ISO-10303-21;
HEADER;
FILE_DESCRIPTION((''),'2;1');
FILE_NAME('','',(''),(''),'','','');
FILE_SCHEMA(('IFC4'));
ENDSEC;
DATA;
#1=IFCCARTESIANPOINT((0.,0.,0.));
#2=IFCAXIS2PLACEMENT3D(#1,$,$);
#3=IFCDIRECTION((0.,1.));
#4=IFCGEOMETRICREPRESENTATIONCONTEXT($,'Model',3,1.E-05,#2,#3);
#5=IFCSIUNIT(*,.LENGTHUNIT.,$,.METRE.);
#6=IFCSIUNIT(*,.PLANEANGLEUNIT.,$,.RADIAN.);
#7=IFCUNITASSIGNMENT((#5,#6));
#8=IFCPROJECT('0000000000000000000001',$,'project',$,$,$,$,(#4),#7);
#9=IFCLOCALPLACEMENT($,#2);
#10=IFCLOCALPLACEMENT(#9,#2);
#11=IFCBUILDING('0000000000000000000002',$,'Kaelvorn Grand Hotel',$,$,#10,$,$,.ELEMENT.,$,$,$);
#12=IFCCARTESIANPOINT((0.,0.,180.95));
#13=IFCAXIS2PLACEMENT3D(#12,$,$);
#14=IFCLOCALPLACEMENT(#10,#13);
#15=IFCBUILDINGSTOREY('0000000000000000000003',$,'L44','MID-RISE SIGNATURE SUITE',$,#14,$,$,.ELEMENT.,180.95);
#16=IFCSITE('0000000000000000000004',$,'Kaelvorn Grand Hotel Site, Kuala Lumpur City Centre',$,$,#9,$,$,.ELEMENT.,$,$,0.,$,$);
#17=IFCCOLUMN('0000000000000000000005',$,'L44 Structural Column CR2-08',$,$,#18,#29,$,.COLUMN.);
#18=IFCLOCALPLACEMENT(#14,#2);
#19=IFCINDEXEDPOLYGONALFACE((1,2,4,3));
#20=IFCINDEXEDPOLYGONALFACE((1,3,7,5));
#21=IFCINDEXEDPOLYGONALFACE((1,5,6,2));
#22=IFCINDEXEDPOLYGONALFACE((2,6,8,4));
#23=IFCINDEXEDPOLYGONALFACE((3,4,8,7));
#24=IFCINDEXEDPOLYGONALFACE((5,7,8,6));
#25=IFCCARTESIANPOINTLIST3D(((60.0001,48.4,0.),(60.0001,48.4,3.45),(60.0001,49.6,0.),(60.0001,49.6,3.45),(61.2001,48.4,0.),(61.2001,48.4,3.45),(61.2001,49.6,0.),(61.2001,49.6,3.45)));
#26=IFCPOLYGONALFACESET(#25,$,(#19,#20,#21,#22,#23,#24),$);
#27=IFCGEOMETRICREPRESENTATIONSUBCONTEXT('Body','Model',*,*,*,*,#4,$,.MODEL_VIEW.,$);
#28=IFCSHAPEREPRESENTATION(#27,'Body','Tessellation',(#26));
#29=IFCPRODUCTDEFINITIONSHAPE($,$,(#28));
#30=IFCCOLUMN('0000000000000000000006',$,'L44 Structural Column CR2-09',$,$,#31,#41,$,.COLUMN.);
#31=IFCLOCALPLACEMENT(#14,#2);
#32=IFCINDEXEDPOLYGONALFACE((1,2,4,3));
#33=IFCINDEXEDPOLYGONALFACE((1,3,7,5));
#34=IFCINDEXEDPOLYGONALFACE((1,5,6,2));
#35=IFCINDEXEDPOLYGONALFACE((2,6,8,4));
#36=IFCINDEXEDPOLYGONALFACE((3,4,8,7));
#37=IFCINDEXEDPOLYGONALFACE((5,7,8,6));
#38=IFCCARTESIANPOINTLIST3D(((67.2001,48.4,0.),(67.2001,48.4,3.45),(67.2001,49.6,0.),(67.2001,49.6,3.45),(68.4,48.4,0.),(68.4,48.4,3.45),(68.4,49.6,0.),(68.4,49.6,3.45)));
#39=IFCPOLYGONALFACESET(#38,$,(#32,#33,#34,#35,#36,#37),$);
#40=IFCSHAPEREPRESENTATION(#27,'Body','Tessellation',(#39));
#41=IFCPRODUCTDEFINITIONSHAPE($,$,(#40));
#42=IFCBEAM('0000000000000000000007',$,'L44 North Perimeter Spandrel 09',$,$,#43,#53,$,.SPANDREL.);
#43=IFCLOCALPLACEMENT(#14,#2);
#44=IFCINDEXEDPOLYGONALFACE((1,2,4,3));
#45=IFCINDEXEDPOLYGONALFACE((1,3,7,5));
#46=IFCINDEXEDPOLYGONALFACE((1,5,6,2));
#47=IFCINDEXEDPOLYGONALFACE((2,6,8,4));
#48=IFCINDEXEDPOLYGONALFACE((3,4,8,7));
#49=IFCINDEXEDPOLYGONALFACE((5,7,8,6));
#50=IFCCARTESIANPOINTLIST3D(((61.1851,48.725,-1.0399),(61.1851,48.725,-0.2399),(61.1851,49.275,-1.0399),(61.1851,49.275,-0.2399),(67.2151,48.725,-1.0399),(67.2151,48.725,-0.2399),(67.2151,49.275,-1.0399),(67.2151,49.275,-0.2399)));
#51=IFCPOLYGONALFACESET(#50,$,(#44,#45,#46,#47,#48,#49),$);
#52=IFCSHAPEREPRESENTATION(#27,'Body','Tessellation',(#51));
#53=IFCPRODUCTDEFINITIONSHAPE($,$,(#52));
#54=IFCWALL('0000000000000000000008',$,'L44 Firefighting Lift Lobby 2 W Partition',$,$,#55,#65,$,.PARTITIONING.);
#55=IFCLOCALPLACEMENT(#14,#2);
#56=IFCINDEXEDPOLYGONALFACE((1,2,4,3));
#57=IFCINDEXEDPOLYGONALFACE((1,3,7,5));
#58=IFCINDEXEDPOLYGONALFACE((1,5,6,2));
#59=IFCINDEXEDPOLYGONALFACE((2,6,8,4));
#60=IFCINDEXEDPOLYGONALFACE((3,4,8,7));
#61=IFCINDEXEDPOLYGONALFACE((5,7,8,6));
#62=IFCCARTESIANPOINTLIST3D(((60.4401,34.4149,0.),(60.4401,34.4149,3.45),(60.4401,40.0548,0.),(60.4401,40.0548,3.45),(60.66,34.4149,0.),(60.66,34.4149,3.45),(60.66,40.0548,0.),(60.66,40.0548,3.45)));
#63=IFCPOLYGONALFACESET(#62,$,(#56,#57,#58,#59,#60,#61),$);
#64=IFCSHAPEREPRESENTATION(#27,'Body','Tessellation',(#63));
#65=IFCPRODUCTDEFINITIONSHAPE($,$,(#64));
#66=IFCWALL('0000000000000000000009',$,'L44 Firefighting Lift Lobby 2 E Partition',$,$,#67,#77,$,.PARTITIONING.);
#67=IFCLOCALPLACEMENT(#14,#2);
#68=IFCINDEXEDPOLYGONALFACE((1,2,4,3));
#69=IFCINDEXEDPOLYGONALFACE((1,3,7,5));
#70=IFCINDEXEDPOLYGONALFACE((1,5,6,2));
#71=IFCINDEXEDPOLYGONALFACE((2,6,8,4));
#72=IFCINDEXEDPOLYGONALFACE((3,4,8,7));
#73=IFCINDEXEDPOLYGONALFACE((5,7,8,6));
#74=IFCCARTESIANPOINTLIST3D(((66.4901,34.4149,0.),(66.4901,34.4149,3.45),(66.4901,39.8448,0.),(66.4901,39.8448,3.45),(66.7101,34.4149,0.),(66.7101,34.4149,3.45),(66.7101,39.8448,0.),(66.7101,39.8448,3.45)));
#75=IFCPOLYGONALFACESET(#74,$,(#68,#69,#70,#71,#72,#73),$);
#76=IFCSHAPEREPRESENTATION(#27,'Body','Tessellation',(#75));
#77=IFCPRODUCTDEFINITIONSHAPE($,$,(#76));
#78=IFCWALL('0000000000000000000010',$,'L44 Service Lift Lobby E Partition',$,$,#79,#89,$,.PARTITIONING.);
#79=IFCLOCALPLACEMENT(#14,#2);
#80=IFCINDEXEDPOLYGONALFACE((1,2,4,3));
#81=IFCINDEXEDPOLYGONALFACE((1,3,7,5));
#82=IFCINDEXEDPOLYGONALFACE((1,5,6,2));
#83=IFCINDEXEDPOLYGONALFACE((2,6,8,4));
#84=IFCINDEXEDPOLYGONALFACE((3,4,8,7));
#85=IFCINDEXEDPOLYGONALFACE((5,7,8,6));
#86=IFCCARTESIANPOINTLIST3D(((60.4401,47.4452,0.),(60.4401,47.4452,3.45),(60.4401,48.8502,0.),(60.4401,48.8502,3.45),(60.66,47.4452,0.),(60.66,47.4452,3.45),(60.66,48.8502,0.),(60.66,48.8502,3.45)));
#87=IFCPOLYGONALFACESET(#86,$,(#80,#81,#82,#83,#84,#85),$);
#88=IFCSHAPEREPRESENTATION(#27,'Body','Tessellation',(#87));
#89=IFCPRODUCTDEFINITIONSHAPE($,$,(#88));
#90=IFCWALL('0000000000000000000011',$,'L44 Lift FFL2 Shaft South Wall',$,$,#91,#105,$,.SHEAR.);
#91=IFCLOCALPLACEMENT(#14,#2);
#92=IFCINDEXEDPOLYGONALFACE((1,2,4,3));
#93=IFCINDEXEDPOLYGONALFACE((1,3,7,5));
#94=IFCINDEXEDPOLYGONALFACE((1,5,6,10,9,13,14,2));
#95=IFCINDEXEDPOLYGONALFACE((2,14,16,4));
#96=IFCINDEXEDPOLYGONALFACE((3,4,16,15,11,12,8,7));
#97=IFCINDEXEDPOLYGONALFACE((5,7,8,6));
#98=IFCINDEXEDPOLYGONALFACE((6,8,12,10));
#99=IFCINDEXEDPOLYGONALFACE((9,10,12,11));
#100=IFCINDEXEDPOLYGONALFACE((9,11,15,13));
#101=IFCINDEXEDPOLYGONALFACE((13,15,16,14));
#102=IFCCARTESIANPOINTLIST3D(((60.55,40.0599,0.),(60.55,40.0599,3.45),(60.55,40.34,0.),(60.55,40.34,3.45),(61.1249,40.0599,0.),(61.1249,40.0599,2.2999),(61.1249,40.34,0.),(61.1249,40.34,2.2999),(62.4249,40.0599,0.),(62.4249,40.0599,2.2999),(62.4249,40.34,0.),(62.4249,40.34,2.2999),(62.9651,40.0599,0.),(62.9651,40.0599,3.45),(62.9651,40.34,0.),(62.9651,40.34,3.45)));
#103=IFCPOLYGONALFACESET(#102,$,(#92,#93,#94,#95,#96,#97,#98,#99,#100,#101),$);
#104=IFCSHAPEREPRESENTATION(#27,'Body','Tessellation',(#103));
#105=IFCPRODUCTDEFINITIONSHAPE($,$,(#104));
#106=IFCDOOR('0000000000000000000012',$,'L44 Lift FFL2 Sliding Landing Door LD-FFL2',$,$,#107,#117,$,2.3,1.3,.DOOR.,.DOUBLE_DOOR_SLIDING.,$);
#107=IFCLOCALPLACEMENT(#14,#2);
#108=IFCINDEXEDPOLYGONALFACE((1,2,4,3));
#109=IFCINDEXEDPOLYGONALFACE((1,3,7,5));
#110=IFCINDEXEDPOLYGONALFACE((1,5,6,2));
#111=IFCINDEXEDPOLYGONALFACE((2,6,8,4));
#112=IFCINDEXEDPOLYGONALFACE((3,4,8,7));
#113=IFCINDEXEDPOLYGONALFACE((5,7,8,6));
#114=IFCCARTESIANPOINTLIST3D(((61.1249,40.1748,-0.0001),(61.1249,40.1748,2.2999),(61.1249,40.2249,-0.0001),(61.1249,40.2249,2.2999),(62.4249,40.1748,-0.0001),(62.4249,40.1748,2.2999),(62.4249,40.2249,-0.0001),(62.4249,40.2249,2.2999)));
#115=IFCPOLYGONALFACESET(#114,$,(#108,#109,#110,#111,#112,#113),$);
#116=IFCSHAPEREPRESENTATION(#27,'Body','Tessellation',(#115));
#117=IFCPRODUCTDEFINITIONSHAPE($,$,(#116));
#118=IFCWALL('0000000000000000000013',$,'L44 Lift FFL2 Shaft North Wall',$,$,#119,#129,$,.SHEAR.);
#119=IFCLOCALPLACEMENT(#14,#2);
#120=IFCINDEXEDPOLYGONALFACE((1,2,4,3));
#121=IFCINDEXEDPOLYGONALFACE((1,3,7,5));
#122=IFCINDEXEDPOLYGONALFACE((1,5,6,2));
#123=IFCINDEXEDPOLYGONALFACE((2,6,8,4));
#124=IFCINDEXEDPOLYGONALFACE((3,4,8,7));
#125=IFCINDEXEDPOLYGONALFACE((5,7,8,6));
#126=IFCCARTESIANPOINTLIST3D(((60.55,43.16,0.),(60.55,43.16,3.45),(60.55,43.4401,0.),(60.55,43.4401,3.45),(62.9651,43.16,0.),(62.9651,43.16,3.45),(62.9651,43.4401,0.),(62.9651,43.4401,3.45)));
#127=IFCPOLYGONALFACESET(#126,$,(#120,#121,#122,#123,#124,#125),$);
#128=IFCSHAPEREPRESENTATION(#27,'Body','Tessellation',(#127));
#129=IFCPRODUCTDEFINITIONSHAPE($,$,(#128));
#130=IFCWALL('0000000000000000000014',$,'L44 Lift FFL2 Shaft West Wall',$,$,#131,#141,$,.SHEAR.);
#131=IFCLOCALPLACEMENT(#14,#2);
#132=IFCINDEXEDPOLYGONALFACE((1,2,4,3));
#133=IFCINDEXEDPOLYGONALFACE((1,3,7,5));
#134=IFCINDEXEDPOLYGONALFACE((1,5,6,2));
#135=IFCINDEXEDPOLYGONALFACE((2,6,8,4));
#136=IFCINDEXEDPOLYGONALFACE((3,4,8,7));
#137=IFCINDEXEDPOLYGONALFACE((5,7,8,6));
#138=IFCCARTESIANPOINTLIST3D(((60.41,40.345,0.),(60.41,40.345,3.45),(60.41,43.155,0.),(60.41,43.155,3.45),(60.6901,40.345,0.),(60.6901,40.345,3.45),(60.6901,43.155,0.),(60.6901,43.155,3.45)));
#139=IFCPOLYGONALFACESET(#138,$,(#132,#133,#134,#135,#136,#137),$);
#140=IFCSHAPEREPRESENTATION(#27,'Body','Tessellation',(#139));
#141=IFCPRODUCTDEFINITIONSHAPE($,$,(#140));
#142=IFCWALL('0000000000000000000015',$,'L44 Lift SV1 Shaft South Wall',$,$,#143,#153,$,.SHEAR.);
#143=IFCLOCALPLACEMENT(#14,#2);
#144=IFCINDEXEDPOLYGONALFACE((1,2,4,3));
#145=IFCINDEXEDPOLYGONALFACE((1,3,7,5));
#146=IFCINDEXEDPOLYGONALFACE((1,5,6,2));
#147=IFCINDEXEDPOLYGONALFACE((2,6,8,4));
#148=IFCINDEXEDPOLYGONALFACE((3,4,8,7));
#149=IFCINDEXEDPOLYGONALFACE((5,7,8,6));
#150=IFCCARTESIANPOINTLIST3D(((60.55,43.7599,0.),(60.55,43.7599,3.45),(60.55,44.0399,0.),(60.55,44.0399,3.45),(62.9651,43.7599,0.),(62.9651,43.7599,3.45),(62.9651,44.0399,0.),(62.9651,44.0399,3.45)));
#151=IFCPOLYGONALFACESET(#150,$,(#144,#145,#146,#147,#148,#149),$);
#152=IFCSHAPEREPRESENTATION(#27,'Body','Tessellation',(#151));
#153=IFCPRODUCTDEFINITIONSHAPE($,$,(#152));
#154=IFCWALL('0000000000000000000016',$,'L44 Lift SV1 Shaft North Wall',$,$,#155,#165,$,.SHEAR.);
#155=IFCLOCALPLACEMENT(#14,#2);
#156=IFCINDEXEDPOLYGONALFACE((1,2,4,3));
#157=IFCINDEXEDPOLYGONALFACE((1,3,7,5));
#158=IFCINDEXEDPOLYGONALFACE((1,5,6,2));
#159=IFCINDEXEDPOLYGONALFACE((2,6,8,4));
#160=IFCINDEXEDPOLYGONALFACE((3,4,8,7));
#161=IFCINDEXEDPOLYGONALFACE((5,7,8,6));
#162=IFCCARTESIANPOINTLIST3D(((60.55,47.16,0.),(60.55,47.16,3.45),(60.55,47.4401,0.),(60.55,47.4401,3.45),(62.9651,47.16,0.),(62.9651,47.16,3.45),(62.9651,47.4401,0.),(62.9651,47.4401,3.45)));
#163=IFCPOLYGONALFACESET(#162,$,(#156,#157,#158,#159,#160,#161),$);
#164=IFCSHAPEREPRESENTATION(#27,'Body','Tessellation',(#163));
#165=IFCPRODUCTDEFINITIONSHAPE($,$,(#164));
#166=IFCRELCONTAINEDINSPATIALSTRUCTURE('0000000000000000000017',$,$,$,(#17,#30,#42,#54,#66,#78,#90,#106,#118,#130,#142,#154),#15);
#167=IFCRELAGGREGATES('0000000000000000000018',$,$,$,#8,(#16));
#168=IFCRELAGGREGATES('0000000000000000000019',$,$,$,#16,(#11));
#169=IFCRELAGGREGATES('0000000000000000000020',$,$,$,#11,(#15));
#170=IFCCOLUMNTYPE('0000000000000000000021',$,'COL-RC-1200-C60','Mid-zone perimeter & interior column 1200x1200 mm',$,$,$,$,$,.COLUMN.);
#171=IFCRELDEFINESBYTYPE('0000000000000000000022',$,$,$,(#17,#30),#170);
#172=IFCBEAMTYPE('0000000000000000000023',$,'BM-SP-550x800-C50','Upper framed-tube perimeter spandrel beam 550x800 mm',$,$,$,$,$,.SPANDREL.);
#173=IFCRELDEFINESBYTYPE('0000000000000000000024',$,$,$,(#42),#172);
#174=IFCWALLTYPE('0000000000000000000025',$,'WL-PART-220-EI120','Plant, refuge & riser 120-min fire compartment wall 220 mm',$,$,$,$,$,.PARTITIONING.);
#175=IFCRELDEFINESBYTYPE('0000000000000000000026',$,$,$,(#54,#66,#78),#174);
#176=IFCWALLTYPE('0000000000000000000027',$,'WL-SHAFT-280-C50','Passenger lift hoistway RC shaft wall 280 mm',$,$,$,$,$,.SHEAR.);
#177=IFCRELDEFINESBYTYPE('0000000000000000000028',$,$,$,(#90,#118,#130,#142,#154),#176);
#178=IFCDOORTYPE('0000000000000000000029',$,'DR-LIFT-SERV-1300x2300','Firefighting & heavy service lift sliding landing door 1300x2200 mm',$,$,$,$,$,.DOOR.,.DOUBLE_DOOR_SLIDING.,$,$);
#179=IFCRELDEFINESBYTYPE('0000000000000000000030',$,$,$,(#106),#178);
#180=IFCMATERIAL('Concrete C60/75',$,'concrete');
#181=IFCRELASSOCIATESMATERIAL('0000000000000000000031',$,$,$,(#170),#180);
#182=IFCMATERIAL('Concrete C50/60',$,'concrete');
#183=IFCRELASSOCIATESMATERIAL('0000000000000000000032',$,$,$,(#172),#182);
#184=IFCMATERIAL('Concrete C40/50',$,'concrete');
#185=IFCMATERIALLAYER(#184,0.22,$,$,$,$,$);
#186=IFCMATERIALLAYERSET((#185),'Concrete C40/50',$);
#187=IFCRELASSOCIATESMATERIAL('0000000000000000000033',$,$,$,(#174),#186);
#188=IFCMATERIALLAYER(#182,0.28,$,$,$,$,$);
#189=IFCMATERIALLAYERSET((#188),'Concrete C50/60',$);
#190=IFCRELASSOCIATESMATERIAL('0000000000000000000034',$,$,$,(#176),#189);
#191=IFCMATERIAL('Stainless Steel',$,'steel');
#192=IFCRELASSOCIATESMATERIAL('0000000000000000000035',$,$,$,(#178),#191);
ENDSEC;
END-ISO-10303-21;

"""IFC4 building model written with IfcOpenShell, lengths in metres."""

from ifc_helpers import new_model, si_unit, direction, frame, frame_2d, origin, origin_2d, place, context, subcontext, project, spatial, rectangle, extrude, material, layer, layer_set, material_profile, profile_set, type_object, element, fill, save


model = new_model("IFC4")

# Units and contexts
model_context = context("Model", 3, precision=1e-05, world=origin(), true_north=direction((0.0, 1.0)))
body_context = subcontext(model_context, "Body", "Model", "MODEL_VIEW")
ifc_project = project(units=[si_unit("LENGTHUNIT", "METRE"), si_unit("PLANEANGLEUNIT", "RADIAN")], contexts=[model_context])

# Site, building, storey
site_placement = place(None, origin())
site = spatial("IfcSite", under=ifc_project, at=site_placement, Name="Kaelvorn Grand Hotel Site, Kuala Lumpur City Centre", CompositionType="ELEMENT", RefElevation=0.0)
building_placement = place(site_placement, origin())
building = spatial("IfcBuilding", under=site, at=building_placement, Name="Kaelvorn Grand Hotel", CompositionType="ELEMENT")
storey_placement = place(building_placement, frame((0.0, 0.0, 180.95)))
storey = spatial("IfcBuildingStorey", under=building, at=storey_placement, Name="L44", Description="MID-RISE SIGNATURE SUITE", CompositionType="ELEMENT", Elevation=180.95)

# Columns
ifc_material_1 = material(Name="Concrete C60/75", Category="concrete")
ifc_material_profile_1 = material_profile(ifc_material_1, rectangle(XDim=1.2, YDim=1.2, at=origin_2d()), Name="RC COL 1200x1200")
ifc_profile_set_1 = profile_set([ifc_material_profile_1], Name="Concrete C60/75")
column_type = type_object("IfcColumnType", Name="COL-RC-1200-C60", Description="Mid-zone perimeter & interior column 1200x1200 mm", PredefinedType="COLUMN", material=ifc_profile_set_1)
for number, where, z_axis, x_axis, name in (
    (1, (60.6001, 49.0, 0.0), (0.0, 0.0, 1.0), (1.0, 0.0, 0.0), "L44 Structural Column CR2-08"),
    (2, (67.8, 49.0, 0.0), (0.0, 0.0, 1.0), (1.0, 0.0, 0.0), "L44 Structural Column CR2-09"),
):
    element("IfcColumn", number, at=place(storey_placement, frame(where, z_axis=z_axis, x_axis=x_axis)), inside=storey, type_object=column_type, Name=name, PredefinedType="COLUMN", context=body_context, shape_type="SweptSolid", body=[
        extrude(rectangle(XDim=1.2, YDim=1.2, at=origin_2d()), origin(), (0.0, 0.0, 1.0), 3.45),
    ])

# Beam
ifc_material_2 = material(Name="Concrete C50/60", Category="concrete")
ifc_material_profile_2 = material_profile(ifc_material_2, rectangle(XDim=0.55, YDim=0.8, at=origin_2d()), Name="RC SPANDREL 550x800")
ifc_profile_set_2 = profile_set([ifc_material_profile_2], Name="Concrete C50/60")
beam_type = type_object("IfcBeamType", Name="BM-SP-550x800-C50", Description="Upper framed-tube perimeter spandrel beam 550x800 mm", PredefinedType="SPANDREL", material=ifc_profile_set_2)
beam_placement = place(storey_placement, frame((61.1851, 49.0, -0.6399), z_axis=(1.0, 0.0, 0.0), x_axis=(0.0, 1.0, 0.0)))
element("IfcBeam", 3, at=beam_placement, inside=storey, type_object=beam_type, Name="L44 North Perimeter Spandrel 09", PredefinedType="SPANDREL", context=body_context, shape_type="SweptSolid", body=[
    extrude(rectangle(XDim=0.55, YDim=0.8, at=origin_2d()), origin(), (0.0, 0.0, 1.0), 6.03),
])

# Walls
ifc_material_3 = material(Name="Concrete C40/50", Category="concrete")
ifc_layer_1 = layer(ifc_material_3, 0.22)
ifc_layer_set_1 = layer_set([ifc_layer_1], Name="Concrete C40/50")
wall_type_1 = type_object("IfcWallType", Name="WL-PART-220-EI120", Description="Plant, refuge & riser 120-min fire compartment wall 220 mm", PredefinedType="PARTITIONING", material=ifc_layer_set_1)
wall_1_placement = place(storey_placement, frame((60.55, 34.415, 0.0), z_axis=(0.0, 0.0, 1.0), x_axis=(0.0, 1.0, 0.0)))
element("IfcWall", 4, at=wall_1_placement, inside=storey, type_object=wall_type_1, Name="L44 Firefighting Lift Lobby 2 W Partition", PredefinedType="PARTITIONING", context=body_context, shape_type="SweptSolid", body=[
    extrude(rectangle(XDim=5.6399, YDim=0.22, at=frame_2d((2.8198, 0.0))), origin(), (0.0, 0.0, 1.0), 3.45),
])
wall_2_placement = place(storey_placement, frame((66.6001, 34.415, 0.0), z_axis=(0.0, 0.0, 1.0), x_axis=(0.0, 1.0, 0.0)))
element("IfcWall", 5, at=wall_2_placement, inside=storey, type_object=wall_type_1, Name="L44 Firefighting Lift Lobby 2 E Partition", PredefinedType="PARTITIONING", context=body_context, shape_type="SweptSolid", body=[
    extrude(rectangle(XDim=5.4299, YDim=0.22, at=frame_2d((2.7148, 0.0))), origin(), (0.0, 0.0, 1.0), 3.45),
])
wall_3_placement = place(storey_placement, frame((60.55, 47.4451, 0.0), z_axis=(0.0, 0.0, 1.0), x_axis=(0.0, 1.0, 0.0)))
element("IfcWall", 6, at=wall_3_placement, inside=storey, type_object=wall_type_1, Name="L44 Service Lift Lobby E Partition", PredefinedType="PARTITIONING", context=body_context, shape_type="SweptSolid", body=[
    extrude(rectangle(XDim=1.405, YDim=0.22, at=frame_2d((0.7026, 0.0))), origin(), (0.0, 0.0, 1.0), 3.45),
])

# Wall, opening, door
ifc_layer_2 = layer(ifc_material_2, 0.28)
ifc_layer_set_2 = layer_set([ifc_layer_2], Name="Concrete C50/60")
wall_type_2 = type_object("IfcWallType", Name="WL-SHAFT-280-C50", Description="Passenger lift hoistway RC shaft wall 280 mm", PredefinedType="SHEAR", material=ifc_layer_set_2)
wall_4_placement = place(storey_placement, frame((60.55, 40.2, 0.0), z_axis=(0.0, 0.0, 1.0), x_axis=(1.0, 0.0, 0.0)))
wall_4 = element("IfcWall", 7, at=wall_4_placement, inside=storey, type_object=wall_type_2, Name="L44 Lift FFL2 Shaft South Wall", PredefinedType="SHEAR", context=body_context, shape_type="SweptSolid", body=[
    extrude(rectangle(XDim=2.415, YDim=0.28, at=frame_2d((1.2075, 0.0))), origin(), (0.0, 0.0, 1.0), 3.45),
])
opening_1_placement = place(wall_4_placement, frame((0.575, 0.0, 0.0)))
opening_1 = element("IfcOpeningElement", 8, at=opening_1_placement, cuts=wall_4, PredefinedType="OPENING", context=body_context, shape_type="SweptSolid", body=[
    extrude(rectangle(XDim=1.3, YDim=2.3, at=frame_2d((0.6499, 1.1499))), frame((0.0, 0.1499, 0.0), z_axis=(0.0, -1.0, 0.0), x_axis=(1.0, 0.0, 0.0)), (0.0, 0.0, 1.0), 0.3),
])
ifc_material_4 = material(Name="Stainless Steel", Category="steel")
door_type_1 = type_object("IfcDoorType", Name="DR-LIFT-SERV-1300x2300", Description="Firefighting & heavy service lift sliding landing door 1300x2200 mm", OperationType="DOUBLE_DOOR_SLIDING", PredefinedType="DOOR", material=ifc_material_4)
door_1_placement = place(opening_1_placement, origin())
door_1 = element("IfcDoor", 9, at=door_1_placement, inside=storey, type_object=door_type_1, Name="L44 Lift FFL2 Sliding Landing Door LD-FFL2", OperationType="DOUBLE_DOOR_SLIDING", OverallHeight=2.3, OverallWidth=1.3, PredefinedType="DOOR", context=body_context, shape_type="SweptSolid", body=[
    extrude(rectangle(XDim=1.3, YDim=2.3, at=frame_2d((0.6499, 1.1499))), frame((0.0, 0.0249, 0.0), z_axis=(0.0, -1.0, 0.0), x_axis=(1.0, 0.0, 0.0)), (0.0, 0.0, 1.0), 0.05),
])
fill(opening_1, door_1)

# Walls
wall_5_placement = place(storey_placement, frame((60.55, 43.3, 0.0), z_axis=(0.0, 0.0, 1.0), x_axis=(1.0, 0.0, 0.0)))
element("IfcWall", 10, at=wall_5_placement, inside=storey, type_object=wall_type_2, Name="L44 Lift FFL2 Shaft North Wall", PredefinedType="SHEAR", context=body_context, shape_type="SweptSolid", body=[
    extrude(rectangle(XDim=2.415, YDim=0.28, at=frame_2d((1.2075, 0.0))), origin(), (0.0, 0.0, 1.0), 3.45),
])
wall_6_placement = place(storey_placement, frame((60.55, 40.345, 0.0), z_axis=(0.0, 0.0, 1.0), x_axis=(0.0, 1.0, 0.0)))
element("IfcWall", 11, at=wall_6_placement, inside=storey, type_object=wall_type_2, Name="L44 Lift FFL2 Shaft West Wall", PredefinedType="SHEAR", context=body_context, shape_type="SweptSolid", body=[
    extrude(rectangle(XDim=2.8101, YDim=0.28, at=frame_2d((1.405, 0.0))), origin(), (0.0, 0.0, 1.0), 3.45),
])
for number, where, z_axis, x_axis, name in (
    (12, (60.55, 43.8999, 0.0), (0.0, 0.0, 1.0), (1.0, 0.0, 0.0), "L44 Lift SV1 Shaft South Wall"),
    (13, (60.55, 47.3, 0.0), (0.0, 0.0, 1.0), (1.0, 0.0, 0.0), "L44 Lift SV1 Shaft North Wall"),
):
    element("IfcWall", number, at=place(storey_placement, frame(where, z_axis=z_axis, x_axis=x_axis)), inside=storey, type_object=wall_type_2, Name=name, PredefinedType="SHEAR", context=body_context, shape_type="SweptSolid", body=[
        extrude(rectangle(XDim=2.415, YDim=0.28, at=frame_2d((1.2075, 0.0))), origin(), (0.0, 0.0, 1.0), 3.45),
    ])

save(model, "model.ifc")
